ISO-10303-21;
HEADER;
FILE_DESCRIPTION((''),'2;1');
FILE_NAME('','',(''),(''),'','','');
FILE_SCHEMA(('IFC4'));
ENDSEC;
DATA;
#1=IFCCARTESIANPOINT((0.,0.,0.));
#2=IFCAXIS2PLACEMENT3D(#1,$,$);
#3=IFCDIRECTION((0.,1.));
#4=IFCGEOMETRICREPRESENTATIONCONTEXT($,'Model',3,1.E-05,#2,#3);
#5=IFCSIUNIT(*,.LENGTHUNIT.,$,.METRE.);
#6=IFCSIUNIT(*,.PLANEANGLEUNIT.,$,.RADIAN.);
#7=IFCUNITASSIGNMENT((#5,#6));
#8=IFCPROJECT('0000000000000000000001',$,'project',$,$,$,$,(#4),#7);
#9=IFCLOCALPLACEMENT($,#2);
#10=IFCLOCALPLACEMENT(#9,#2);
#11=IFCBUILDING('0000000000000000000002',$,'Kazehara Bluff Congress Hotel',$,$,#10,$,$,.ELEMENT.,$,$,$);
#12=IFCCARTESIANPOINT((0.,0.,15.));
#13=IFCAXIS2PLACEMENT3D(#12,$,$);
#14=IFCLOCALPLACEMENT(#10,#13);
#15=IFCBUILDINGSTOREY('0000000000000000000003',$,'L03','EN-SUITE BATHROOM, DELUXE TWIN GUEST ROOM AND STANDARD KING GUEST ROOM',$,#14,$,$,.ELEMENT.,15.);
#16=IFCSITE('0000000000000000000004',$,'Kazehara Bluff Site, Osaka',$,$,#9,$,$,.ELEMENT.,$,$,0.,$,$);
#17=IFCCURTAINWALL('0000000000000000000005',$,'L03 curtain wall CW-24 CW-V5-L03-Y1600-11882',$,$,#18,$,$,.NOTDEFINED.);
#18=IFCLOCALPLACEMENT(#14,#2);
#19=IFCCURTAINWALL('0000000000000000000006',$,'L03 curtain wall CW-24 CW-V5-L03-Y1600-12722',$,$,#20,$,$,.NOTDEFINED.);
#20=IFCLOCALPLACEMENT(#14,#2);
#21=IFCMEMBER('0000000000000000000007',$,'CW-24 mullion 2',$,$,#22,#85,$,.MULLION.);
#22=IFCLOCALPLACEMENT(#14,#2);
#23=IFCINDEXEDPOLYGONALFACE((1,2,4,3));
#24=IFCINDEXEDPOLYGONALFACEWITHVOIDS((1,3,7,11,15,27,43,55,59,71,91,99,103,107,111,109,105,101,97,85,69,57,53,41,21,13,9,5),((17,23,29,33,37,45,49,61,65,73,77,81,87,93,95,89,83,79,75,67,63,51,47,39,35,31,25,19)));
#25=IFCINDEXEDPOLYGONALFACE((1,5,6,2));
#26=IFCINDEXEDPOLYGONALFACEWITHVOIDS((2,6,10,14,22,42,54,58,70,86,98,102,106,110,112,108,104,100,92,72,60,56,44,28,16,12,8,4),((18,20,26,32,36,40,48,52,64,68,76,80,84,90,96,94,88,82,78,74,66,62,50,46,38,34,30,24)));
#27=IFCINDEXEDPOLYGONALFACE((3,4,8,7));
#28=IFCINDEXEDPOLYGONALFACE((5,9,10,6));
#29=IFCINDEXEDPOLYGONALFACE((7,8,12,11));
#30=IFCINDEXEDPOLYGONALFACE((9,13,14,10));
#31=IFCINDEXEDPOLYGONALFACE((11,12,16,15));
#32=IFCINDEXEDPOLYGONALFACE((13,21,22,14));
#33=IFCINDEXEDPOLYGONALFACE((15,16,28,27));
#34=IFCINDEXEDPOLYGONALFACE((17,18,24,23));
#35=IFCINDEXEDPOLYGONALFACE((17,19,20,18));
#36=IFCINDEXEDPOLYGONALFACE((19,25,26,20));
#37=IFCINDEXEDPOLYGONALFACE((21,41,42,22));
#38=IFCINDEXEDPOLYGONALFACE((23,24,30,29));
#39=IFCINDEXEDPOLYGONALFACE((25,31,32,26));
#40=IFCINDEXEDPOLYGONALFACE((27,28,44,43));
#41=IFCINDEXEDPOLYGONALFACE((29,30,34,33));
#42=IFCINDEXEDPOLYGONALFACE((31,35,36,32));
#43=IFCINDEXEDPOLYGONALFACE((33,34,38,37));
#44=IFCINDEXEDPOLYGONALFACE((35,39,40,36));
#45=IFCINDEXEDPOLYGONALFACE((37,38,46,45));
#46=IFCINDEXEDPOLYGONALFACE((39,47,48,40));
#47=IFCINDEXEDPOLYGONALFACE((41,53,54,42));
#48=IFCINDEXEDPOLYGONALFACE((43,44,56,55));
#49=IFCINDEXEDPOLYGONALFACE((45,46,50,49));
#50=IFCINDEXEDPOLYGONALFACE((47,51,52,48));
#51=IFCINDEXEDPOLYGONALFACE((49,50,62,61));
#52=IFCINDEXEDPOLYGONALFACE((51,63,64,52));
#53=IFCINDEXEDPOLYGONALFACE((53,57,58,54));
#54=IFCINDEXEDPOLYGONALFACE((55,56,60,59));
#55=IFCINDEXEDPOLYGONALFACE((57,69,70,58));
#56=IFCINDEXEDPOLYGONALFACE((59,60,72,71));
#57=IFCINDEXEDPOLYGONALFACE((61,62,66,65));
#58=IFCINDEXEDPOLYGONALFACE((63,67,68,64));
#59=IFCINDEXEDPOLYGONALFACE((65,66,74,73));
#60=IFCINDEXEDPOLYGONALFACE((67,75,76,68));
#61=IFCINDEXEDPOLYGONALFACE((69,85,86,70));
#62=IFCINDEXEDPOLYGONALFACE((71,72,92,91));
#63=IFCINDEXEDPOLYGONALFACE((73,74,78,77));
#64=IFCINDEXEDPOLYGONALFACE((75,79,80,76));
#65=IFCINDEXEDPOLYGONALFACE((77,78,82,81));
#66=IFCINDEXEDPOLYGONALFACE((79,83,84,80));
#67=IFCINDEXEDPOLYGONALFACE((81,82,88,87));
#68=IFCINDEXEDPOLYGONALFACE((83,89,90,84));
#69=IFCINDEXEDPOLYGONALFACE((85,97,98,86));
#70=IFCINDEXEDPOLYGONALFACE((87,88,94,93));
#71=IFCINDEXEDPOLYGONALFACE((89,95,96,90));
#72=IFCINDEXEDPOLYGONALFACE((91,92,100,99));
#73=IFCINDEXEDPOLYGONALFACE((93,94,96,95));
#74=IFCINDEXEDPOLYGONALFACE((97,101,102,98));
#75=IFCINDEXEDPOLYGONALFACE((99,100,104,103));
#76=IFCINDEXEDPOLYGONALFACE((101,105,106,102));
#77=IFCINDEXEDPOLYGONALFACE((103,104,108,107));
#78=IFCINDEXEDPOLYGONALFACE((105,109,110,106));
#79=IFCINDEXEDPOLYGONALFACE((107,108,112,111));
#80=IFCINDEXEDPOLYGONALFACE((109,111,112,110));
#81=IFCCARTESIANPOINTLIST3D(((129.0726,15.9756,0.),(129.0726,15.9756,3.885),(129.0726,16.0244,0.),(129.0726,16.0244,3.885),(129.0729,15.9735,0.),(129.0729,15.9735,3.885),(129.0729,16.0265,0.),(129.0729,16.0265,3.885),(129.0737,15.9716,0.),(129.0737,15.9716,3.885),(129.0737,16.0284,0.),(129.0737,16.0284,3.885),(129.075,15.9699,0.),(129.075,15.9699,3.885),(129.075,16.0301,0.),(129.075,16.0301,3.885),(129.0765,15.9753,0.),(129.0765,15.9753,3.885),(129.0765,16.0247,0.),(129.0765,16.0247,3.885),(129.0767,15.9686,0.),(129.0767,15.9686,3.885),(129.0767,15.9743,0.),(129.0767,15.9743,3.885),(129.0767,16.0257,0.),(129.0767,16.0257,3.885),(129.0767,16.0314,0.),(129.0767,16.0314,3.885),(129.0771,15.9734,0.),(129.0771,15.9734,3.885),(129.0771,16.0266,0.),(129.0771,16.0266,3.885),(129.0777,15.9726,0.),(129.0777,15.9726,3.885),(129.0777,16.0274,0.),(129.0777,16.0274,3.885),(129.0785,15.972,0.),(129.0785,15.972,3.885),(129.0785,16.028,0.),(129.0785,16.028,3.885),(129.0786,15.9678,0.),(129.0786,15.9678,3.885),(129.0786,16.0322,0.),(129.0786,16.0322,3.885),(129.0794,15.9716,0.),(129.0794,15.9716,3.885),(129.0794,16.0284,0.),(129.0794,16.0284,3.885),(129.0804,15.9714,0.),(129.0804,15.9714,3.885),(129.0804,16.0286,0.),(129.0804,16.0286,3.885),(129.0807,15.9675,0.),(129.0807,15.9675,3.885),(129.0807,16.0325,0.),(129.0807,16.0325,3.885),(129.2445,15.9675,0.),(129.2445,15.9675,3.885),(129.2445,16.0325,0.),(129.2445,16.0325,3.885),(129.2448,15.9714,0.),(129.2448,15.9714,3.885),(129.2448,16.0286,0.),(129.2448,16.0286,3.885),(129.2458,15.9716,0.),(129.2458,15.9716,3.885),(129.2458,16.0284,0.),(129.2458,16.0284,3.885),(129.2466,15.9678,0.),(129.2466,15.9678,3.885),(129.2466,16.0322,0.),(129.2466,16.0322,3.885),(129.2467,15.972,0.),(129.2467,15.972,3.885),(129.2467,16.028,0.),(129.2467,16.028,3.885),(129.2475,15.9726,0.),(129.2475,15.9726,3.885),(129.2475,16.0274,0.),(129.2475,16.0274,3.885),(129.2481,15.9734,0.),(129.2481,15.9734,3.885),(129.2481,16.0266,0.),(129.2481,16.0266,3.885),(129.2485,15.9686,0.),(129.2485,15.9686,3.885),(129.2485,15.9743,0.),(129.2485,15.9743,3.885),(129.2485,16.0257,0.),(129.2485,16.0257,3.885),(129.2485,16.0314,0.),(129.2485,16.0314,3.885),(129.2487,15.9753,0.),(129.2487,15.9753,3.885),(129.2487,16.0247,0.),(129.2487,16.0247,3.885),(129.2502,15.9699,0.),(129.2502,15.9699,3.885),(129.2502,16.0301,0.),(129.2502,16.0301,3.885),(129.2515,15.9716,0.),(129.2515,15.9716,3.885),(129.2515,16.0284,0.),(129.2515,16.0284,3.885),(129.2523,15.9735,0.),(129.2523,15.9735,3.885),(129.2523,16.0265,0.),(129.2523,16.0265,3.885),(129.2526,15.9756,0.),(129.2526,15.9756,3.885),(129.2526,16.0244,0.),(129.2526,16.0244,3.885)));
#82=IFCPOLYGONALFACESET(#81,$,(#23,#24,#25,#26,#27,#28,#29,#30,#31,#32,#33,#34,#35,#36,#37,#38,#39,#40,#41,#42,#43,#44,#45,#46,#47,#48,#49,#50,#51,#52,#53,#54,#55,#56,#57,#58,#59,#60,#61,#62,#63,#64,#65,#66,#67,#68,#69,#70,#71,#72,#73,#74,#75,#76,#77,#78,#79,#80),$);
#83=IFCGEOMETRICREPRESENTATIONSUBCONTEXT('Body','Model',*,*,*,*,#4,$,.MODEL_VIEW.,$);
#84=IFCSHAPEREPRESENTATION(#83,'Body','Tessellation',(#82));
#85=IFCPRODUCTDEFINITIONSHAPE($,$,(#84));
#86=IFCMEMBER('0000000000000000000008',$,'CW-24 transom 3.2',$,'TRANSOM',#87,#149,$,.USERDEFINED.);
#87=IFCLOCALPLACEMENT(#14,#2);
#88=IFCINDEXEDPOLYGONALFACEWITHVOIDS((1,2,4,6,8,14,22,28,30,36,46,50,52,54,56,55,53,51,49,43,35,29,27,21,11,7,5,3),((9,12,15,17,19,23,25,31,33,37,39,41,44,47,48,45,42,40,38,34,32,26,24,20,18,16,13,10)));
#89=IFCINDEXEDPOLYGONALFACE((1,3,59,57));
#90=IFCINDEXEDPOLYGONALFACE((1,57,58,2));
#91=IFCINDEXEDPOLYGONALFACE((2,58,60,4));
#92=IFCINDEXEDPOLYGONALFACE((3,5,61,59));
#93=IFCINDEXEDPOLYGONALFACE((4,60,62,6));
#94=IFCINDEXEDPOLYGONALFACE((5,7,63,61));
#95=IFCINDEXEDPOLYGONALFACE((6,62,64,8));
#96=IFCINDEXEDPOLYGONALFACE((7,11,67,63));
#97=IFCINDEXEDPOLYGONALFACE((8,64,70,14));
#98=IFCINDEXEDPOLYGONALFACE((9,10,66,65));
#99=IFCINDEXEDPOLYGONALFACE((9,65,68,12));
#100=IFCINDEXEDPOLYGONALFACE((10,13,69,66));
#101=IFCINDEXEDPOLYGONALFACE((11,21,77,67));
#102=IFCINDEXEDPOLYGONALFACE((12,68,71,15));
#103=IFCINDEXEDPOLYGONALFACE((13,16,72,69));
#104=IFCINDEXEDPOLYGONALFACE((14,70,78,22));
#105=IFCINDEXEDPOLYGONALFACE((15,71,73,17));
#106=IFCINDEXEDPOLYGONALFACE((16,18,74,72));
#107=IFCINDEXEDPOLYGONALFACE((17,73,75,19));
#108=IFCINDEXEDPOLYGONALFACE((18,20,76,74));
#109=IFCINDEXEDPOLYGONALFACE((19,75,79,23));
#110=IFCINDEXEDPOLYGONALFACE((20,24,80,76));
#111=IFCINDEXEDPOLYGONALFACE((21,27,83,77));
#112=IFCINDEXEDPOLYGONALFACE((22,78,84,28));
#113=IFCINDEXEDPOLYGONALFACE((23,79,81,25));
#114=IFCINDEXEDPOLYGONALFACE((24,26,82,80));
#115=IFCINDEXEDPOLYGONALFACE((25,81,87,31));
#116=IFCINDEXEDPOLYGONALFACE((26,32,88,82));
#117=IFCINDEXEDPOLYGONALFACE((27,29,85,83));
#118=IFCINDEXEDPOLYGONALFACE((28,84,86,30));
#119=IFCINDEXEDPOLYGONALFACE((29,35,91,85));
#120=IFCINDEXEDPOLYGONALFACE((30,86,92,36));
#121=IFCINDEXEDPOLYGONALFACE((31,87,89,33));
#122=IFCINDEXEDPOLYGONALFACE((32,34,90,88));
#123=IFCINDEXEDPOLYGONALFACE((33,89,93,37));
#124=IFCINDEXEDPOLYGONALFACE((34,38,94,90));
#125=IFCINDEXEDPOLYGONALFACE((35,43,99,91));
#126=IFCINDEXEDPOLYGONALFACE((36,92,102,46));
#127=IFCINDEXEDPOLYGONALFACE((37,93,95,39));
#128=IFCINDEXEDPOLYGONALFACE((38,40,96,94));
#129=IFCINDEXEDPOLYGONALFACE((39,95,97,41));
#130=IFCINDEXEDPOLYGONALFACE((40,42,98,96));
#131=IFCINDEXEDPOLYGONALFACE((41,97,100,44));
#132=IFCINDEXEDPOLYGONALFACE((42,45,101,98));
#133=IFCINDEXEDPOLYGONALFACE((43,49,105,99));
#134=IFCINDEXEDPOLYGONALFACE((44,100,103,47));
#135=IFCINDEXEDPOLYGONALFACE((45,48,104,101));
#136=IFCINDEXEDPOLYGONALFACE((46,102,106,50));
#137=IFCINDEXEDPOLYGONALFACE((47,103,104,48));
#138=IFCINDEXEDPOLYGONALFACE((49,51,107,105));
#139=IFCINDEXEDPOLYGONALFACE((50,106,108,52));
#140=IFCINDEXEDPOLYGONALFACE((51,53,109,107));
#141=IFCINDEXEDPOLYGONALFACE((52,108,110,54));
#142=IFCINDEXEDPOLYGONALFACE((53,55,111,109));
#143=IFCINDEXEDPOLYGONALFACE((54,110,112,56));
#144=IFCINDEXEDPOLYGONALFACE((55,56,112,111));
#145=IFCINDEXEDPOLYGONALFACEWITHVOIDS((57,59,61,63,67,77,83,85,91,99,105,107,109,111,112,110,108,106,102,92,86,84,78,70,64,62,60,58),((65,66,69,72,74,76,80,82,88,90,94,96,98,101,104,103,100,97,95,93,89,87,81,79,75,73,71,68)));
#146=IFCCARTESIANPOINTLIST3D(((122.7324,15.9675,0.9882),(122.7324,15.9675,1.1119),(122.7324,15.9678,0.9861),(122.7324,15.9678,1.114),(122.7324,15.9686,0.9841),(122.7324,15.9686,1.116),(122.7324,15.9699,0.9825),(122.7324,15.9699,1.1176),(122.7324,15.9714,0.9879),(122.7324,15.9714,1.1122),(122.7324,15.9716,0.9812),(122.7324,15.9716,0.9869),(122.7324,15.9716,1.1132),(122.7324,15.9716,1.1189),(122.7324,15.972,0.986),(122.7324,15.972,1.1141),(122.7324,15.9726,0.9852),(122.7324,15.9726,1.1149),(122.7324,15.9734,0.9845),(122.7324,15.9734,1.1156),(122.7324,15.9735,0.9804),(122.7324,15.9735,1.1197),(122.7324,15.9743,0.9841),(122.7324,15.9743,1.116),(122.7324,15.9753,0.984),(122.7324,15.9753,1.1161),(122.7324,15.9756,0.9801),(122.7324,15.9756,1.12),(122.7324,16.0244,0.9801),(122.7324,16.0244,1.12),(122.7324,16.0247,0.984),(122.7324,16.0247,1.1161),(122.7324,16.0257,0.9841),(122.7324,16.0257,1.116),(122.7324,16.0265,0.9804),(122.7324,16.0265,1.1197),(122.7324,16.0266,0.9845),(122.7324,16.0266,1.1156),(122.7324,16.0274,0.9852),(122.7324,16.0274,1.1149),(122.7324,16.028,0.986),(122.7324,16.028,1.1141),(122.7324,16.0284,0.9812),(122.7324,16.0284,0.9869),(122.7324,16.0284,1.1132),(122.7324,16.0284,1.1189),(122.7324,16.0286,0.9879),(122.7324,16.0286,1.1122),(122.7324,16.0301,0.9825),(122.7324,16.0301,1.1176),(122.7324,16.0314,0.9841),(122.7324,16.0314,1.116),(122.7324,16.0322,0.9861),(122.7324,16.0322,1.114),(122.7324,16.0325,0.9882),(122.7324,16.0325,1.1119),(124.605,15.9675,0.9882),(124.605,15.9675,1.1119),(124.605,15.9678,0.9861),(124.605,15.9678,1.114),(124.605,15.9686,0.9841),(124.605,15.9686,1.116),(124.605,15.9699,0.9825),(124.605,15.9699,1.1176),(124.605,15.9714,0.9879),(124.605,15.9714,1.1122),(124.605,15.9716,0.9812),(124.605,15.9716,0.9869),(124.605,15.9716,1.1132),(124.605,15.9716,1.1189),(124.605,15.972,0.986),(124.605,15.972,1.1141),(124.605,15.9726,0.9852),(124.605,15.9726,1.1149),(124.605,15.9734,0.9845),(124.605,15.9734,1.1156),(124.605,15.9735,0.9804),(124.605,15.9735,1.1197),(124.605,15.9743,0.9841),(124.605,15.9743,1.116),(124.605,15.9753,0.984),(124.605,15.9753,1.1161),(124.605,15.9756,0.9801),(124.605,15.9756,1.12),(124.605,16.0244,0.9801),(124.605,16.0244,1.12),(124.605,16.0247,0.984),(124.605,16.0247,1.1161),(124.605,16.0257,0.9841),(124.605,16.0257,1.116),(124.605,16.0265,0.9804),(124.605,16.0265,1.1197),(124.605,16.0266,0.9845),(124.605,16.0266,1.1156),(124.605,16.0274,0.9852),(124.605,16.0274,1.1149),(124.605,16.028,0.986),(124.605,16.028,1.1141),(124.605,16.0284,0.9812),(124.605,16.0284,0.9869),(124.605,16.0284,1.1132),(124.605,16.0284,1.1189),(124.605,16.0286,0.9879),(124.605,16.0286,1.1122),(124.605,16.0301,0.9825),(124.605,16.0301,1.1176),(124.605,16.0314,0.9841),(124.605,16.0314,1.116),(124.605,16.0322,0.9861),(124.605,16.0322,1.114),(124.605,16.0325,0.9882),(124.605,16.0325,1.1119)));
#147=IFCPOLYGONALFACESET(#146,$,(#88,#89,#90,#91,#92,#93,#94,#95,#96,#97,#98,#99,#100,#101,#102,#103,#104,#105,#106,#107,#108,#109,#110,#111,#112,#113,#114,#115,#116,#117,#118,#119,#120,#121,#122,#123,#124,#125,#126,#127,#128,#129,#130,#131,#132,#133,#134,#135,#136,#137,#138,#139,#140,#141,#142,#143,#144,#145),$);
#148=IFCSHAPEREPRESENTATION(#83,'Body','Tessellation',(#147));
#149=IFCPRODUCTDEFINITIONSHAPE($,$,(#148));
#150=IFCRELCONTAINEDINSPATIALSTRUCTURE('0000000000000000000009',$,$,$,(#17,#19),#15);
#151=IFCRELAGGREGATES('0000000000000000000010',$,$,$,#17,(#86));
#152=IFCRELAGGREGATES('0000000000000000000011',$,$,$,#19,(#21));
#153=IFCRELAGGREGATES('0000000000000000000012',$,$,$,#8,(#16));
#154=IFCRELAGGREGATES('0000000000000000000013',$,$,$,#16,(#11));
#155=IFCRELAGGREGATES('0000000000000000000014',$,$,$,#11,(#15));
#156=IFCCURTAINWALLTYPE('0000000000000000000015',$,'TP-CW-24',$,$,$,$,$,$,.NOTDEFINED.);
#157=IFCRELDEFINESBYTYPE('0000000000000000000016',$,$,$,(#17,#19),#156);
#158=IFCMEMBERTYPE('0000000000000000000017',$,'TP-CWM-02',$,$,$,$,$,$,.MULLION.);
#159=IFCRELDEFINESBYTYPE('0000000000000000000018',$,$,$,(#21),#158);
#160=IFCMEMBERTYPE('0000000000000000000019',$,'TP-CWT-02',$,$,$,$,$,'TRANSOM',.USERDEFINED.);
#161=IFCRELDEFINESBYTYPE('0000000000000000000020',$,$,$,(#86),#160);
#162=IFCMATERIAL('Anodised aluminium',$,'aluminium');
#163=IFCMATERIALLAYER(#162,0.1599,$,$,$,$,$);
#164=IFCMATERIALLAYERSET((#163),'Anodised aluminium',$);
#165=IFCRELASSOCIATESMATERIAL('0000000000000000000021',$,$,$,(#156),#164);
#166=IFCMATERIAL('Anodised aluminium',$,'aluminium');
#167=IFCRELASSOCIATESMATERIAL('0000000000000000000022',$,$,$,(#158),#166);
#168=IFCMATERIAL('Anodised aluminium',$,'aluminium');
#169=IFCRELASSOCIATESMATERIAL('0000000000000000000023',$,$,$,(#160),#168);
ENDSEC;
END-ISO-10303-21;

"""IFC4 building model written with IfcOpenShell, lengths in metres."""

from ifc_helpers import new_model, si_unit, direction, frame, origin, origin_2d, place, context, subcontext, project, spatial, hollow_rectangle, extrude, material, layer, layer_set, material_profile, profile_set, type_object, element, aggregate, save


model = new_model("IFC4")

# Units and contexts
model_context = context("Model", 3, precision=1e-05, world=origin(), true_north=direction((0.0, 1.0)))
body_context = subcontext(model_context, "Body", "Model", "MODEL_VIEW")
ifc_project = project(units=[si_unit("LENGTHUNIT", "METRE"), si_unit("PLANEANGLEUNIT", "RADIAN")], contexts=[model_context])

# Site, building, storey
site_placement = place(None, origin())
site = spatial("IfcSite", under=ifc_project, at=site_placement, Name="Kazehara Bluff Site, Osaka", CompositionType="ELEMENT", RefElevation=0.0)
building_placement = place(site_placement, origin())
building = spatial("IfcBuilding", under=site, at=building_placement, Name="Kazehara Bluff Congress Hotel", CompositionType="ELEMENT")
storey_placement = place(building_placement, frame((0.0, 0.0, 15.0)))
storey = spatial("IfcBuildingStorey", under=building, at=storey_placement, Name="L03", Description="EN-SUITE BATHROOM, DELUXE TWIN GUEST ROOM AND STANDARD KING GUEST ROOM", CompositionType="ELEMENT", Elevation=15.0)

# Curtain walls, member
ifc_material_1 = material(Name="Anodised aluminium", Category="aluminium")
ifc_layer_1 = layer(ifc_material_1, 0.1599)
ifc_layer_set_1 = layer_set([ifc_layer_1], Name="Anodised aluminium")
curtain_wall_type = type_object("IfcCurtainWallType", Name="TP-CW-24", PredefinedType="NOTDEFINED", material=ifc_layer_set_1)
curtain_wall_1_placement = place(storey_placement, origin())
curtain_wall_1 = element("IfcCurtainWall", 1, at=curtain_wall_1_placement, inside=storey, type_object=curtain_wall_type, Name="L03 curtain wall CW-24 CW-V5-L03-Y1600-11882", PredefinedType="NOTDEFINED")
ifc_material_2 = material(Name="Anodised aluminium", Category="aluminium")
ifc_material_profile_1 = material_profile(ifc_material_2, hollow_rectangle(XDim=0.0649, YDim=0.1799, WallThickness=0.0039, InnerFilletRadius=0.0039, OuterFilletRadius=0.0081, at=origin_2d()))
ifc_profile_set_1 = profile_set([ifc_material_profile_1], Name="Anodised aluminium")
member_type_1 = type_object("IfcMemberType", Name="TP-CWM-02", PredefinedType="MULLION", material=ifc_profile_set_1)
curtain_wall_2_placement = place(storey_placement, origin())
curtain_wall_2 = element("IfcCurtainWall", 2, at=curtain_wall_2_placement, inside=storey, type_object=curtain_wall_type, Name="L03 curtain wall CW-24 CW-V5-L03-Y1600-12722", PredefinedType="NOTDEFINED")
member_1_placement = place(storey_placement, frame((129.1626, 16.0, 0.0), z_axis=(0.0, 0.0, 1.0), x_axis=(0.0, 1.0, 0.0)))
member_1 = element("IfcMember", 3, at=member_1_placement, type_object=member_type_1, Name="CW-24 mullion 2", PredefinedType="MULLION", context=body_context, shape_type="SweptSolid", body=[
    extrude(hollow_rectangle(XDim=0.0649, YDim=0.1799, WallThickness=0.0039, InnerFilletRadius=0.0039, OuterFilletRadius=0.0081, at=origin_2d()), origin(), (0.0, 0.0, 1.0), 3.885),
])

# Member
ifc_material_3 = material(Name="Anodised aluminium", Category="aluminium")
ifc_material_profile_2 = material_profile(ifc_material_3, hollow_rectangle(XDim=0.0649, YDim=0.1399, WallThickness=0.0039, InnerFilletRadius=0.0039, OuterFilletRadius=0.0081, at=origin_2d()))
ifc_profile_set_2 = profile_set([ifc_material_profile_2], Name="Anodised aluminium")
member_type_2 = type_object("IfcMemberType", Name="TP-CWT-02", ElementType="TRANSOM", PredefinedType="USERDEFINED", material=ifc_profile_set_2)
member_2_placement = place(storey_placement, frame((122.7324, 16.0, 1.05), z_axis=(1.0, 0.0, 0.0), x_axis=(0.0, 1.0, 0.0)))
member_2 = element("IfcMember", 4, at=member_2_placement, type_object=member_type_2, Name="CW-24 transom 3.2", ObjectType="TRANSOM", PredefinedType="USERDEFINED", context=body_context, shape_type="SweptSolid", body=[
    extrude(hollow_rectangle(XDim=0.0649, YDim=0.1399, WallThickness=0.0039, InnerFilletRadius=0.0039, OuterFilletRadius=0.0081, at=origin_2d()), origin(), (0.0, 0.0, 1.0), 1.8726),
])

aggregate(curtain_wall_1, [member_2])
aggregate(curtain_wall_2, [member_1])

save(model, "model.ifc")
